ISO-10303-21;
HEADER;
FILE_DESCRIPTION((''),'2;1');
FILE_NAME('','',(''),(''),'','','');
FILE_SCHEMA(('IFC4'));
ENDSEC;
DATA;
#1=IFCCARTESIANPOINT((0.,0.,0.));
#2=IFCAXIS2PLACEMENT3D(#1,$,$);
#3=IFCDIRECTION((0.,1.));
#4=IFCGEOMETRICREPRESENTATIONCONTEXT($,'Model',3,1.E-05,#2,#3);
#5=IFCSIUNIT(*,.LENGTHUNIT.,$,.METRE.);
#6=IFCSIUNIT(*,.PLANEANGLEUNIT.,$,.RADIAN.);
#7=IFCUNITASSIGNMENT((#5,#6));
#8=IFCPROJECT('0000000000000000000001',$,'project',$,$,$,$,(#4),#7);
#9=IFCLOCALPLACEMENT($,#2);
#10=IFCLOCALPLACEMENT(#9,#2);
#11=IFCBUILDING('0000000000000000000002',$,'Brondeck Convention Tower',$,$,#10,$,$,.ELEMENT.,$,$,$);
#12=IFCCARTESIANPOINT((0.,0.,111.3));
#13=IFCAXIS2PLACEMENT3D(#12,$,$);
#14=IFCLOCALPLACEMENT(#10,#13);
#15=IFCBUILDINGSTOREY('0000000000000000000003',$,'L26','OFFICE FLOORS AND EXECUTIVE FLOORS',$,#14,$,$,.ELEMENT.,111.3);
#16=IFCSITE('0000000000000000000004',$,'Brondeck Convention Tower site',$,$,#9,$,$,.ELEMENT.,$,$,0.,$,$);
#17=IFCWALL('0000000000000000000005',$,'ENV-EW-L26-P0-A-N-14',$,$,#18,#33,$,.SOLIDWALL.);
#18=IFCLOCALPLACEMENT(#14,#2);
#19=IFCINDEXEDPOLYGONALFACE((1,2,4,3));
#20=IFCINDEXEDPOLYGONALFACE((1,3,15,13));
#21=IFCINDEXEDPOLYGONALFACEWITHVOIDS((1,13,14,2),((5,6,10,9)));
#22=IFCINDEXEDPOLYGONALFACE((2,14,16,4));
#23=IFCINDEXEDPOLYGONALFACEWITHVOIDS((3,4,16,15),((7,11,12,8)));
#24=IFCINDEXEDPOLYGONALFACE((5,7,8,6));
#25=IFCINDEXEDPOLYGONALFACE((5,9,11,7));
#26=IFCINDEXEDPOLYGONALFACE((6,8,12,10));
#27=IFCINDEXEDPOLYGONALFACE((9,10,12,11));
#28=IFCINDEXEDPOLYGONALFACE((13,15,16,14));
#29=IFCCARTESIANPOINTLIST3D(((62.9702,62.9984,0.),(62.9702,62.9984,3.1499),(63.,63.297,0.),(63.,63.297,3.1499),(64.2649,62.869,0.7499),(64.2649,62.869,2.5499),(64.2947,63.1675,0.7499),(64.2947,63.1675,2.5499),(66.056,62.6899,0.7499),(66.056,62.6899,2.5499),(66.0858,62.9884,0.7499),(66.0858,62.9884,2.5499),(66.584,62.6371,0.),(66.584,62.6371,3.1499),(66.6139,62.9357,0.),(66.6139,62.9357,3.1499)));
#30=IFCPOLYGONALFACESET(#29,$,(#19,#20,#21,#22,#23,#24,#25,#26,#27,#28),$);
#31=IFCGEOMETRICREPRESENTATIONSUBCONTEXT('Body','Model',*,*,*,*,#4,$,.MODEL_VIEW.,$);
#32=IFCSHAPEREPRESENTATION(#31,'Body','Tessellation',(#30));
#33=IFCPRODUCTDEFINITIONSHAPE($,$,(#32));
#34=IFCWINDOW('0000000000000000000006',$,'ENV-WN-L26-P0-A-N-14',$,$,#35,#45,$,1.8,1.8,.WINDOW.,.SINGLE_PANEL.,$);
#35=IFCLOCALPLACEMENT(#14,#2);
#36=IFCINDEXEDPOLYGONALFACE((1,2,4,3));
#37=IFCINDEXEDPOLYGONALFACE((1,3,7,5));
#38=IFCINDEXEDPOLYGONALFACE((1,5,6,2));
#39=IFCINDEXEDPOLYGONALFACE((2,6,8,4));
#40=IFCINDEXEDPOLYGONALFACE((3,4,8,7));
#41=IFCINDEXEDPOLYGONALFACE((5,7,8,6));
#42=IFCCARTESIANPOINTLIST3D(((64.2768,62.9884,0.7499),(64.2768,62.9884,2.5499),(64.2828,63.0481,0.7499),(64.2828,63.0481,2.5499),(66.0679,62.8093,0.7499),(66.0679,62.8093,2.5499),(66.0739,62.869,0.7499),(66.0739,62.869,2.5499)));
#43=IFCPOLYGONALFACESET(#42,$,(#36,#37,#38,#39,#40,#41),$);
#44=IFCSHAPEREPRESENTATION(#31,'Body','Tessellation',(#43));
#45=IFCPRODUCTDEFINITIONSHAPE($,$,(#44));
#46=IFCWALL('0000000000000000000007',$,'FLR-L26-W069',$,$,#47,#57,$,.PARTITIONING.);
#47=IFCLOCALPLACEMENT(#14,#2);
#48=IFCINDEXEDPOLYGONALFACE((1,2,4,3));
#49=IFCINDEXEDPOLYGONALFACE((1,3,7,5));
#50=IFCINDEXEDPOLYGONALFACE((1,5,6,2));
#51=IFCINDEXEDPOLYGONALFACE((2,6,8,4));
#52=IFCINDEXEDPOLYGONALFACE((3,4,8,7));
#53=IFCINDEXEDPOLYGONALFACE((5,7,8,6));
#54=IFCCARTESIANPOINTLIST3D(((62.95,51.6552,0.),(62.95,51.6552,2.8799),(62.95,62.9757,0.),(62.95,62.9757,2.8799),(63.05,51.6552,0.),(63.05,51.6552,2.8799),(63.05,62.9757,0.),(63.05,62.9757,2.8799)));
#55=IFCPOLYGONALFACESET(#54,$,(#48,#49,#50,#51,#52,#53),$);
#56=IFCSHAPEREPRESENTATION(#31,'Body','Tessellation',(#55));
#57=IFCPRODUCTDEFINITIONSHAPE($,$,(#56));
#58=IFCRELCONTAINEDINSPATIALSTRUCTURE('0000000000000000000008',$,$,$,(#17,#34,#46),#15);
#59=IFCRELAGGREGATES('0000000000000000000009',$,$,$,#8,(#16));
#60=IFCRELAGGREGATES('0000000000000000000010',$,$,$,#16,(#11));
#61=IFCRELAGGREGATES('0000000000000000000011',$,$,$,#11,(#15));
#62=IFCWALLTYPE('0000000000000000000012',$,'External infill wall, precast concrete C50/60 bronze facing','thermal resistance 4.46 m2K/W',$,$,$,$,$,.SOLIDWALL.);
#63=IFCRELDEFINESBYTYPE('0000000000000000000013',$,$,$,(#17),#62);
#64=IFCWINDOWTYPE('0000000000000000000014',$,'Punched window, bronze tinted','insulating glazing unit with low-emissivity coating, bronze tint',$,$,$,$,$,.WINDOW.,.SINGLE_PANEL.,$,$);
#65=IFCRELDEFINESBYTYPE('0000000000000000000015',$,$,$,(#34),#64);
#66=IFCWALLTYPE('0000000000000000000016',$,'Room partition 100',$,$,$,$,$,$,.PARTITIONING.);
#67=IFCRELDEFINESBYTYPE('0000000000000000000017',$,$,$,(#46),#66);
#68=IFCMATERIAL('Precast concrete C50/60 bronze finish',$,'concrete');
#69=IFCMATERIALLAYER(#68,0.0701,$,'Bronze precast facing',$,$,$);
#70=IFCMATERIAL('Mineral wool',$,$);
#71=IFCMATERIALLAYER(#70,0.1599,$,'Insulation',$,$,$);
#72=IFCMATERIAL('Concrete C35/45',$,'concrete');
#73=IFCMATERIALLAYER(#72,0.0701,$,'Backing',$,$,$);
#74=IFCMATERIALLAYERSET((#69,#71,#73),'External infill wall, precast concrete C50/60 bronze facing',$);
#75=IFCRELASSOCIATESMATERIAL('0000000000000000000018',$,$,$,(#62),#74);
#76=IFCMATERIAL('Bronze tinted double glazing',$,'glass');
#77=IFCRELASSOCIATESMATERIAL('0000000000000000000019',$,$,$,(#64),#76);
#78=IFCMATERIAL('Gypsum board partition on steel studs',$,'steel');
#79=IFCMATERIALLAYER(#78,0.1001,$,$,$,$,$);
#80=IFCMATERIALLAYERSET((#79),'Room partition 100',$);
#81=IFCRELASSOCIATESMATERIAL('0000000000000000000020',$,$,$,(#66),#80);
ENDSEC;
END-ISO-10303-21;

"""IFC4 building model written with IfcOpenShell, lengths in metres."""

from ifc_helpers import new_model, si_unit, direction, frame, frame_2d, origin, place, context, subcontext, project, spatial, rectangle, extrude, material, layer, layer_set, type_object, element, fill, save


model = new_model("IFC4")

# Units and contexts
model_context = context("Model", 3, precision=1e-05, world=origin(), true_north=direction((0.0, 1.0)))
body_context = subcontext(model_context, "Body", "Model", "MODEL_VIEW")
ifc_project = project(units=[si_unit("LENGTHUNIT", "METRE"), si_unit("PLANEANGLEUNIT", "RADIAN")], contexts=[model_context])

# Site, building, storey
site_placement = place(None, origin())
site = spatial("IfcSite", under=ifc_project, at=site_placement, Name="Brondeck Convention Tower site", CompositionType="ELEMENT", RefElevation=0.0)
building_placement = place(site_placement, origin())
building = spatial("IfcBuilding", under=site, at=building_placement, Name="Brondeck Convention Tower", CompositionType="ELEMENT")
storey_placement = place(building_placement, frame((0.0, 0.0, 111.3)))
storey = spatial("IfcBuildingStorey", under=building, at=storey_placement, Name="L26", Description="OFFICE FLOORS AND EXECUTIVE FLOORS", CompositionType="ELEMENT", Elevation=111.3)

# Shared definitions
ifc_material_1 = material(Name="Precast concrete C50/60 bronze finish", Category="concrete")
ifc_layer_1 = layer(ifc_material_1, 0.0701, Name="Bronze precast facing")
ifc_material_2 = material(Name="Mineral wool")
ifc_layer_2 = layer(ifc_material_2, 0.1599, Name="Insulation")
ifc_material_3 = material(Name="Concrete C35/45", Category="concrete")
ifc_layer_3 = layer(ifc_material_3, 0.0701, Name="Backing")
ifc_layer_set_1 = layer_set([ifc_layer_1, ifc_layer_2, ifc_layer_3], Name="External infill wall, precast concrete C50/60 bronze facing")
wall_type_1 = type_object("IfcWallType", Name="External infill wall, precast concrete C50/60 bronze facing", Description="thermal resistance 4.46 m2K/W", PredefinedType="SOLIDWALL", material=ifc_layer_set_1)
ifc_material_4 = material(Name="Bronze tinted double glazing", Category="glass")
window_type_1 = type_object("IfcWindowType", Name="Punched window, bronze tinted", Description="insulating glazing unit with low-emissivity coating, bronze tint", PartitioningType="SINGLE_PANEL", PredefinedType="WINDOW", material=ifc_material_4)

# Wall, opening, window
wall_1_placement = place(storey_placement, frame((62.9851, 63.1477, 0.0), z_axis=(0.0, 0.0, 1.0), x_axis=(0.995039, -0.09949, 0.0)))
wall_1 = element("IfcWall", 1, at=wall_1_placement, inside=storey, type_object=wall_type_1, Name="ENV-EW-L26-P0-A-N-14", PredefinedType="SOLIDWALL", context=body_context, shape_type="SweptSolid", body=[
    extrude(rectangle(XDim=3.6318, YDim=0.3, at=frame_2d((1.8159, 0.0))), origin(), (0.0, 0.0, 1.0), 3.1499),
])
opening_1_placement = place(wall_1_placement, frame((1.3013, 0.0, 0.75)))
opening_1 = element("IfcOpeningElement", 2, at=opening_1_placement, cuts=wall_1, PredefinedType="OPENING", context=body_context, shape_type="SweptSolid", body=[
    extrude(rectangle(XDim=1.8, YDim=1.8, at=frame_2d((0.8999, 0.8999))), frame((0.0, 0.1599, 0.0), z_axis=(0.0, -1.0, 0.0), x_axis=(1.0, 0.0, 0.0)), (0.0, 0.0, 1.0), 0.3201),
])
window_1_placement = place(opening_1_placement, origin())
window_1 = element("IfcWindow", 3, at=window_1_placement, inside=storey, type_object=window_type_1, Name="ENV-WN-L26-P0-A-N-14", OverallHeight=1.8, OverallWidth=1.8, PartitioningType="SINGLE_PANEL", PredefinedType="WINDOW", context=body_context, shape_type="SweptSolid", body=[
    extrude(rectangle(XDim=1.8, YDim=1.8, at=frame_2d((0.8999, 0.8999))), frame((0.0, 0.03, 0.0), z_axis=(0.0, -1.0, 0.0), x_axis=(1.0, 0.0, 0.0)), (0.0, 0.0, 1.0), 0.0601),
])
fill(opening_1, window_1)

# Wall
ifc_material_5 = material(Name="Gypsum board partition on steel studs", Category="steel")
ifc_layer_4 = layer(ifc_material_5, 0.1001)
ifc_layer_set_2 = layer_set([ifc_layer_4], Name="Room partition 100")
wall_type_2 = type_object("IfcWallType", Name="Room partition 100", PredefinedType="PARTITIONING", material=ifc_layer_set_2)
wall_2_placement = place(storey_placement, frame((63.0, 62.9756, 0.0), z_axis=(0.0, 0.0, 1.0), x_axis=(0.0, -1.0, 0.0)))
element("IfcWall", 4, at=wall_2_placement, inside=storey, type_object=wall_type_2, Name="FLR-L26-W069", PredefinedType="PARTITIONING", context=body_context, shape_type="SweptSolid", body=[
    extrude(rectangle(XDim=11.3206, YDim=0.1001, at=frame_2d((5.6602, 0.0))), origin(), (0.0, 0.0, 1.0), 2.8799),
])

save(model, "model.ifc")
